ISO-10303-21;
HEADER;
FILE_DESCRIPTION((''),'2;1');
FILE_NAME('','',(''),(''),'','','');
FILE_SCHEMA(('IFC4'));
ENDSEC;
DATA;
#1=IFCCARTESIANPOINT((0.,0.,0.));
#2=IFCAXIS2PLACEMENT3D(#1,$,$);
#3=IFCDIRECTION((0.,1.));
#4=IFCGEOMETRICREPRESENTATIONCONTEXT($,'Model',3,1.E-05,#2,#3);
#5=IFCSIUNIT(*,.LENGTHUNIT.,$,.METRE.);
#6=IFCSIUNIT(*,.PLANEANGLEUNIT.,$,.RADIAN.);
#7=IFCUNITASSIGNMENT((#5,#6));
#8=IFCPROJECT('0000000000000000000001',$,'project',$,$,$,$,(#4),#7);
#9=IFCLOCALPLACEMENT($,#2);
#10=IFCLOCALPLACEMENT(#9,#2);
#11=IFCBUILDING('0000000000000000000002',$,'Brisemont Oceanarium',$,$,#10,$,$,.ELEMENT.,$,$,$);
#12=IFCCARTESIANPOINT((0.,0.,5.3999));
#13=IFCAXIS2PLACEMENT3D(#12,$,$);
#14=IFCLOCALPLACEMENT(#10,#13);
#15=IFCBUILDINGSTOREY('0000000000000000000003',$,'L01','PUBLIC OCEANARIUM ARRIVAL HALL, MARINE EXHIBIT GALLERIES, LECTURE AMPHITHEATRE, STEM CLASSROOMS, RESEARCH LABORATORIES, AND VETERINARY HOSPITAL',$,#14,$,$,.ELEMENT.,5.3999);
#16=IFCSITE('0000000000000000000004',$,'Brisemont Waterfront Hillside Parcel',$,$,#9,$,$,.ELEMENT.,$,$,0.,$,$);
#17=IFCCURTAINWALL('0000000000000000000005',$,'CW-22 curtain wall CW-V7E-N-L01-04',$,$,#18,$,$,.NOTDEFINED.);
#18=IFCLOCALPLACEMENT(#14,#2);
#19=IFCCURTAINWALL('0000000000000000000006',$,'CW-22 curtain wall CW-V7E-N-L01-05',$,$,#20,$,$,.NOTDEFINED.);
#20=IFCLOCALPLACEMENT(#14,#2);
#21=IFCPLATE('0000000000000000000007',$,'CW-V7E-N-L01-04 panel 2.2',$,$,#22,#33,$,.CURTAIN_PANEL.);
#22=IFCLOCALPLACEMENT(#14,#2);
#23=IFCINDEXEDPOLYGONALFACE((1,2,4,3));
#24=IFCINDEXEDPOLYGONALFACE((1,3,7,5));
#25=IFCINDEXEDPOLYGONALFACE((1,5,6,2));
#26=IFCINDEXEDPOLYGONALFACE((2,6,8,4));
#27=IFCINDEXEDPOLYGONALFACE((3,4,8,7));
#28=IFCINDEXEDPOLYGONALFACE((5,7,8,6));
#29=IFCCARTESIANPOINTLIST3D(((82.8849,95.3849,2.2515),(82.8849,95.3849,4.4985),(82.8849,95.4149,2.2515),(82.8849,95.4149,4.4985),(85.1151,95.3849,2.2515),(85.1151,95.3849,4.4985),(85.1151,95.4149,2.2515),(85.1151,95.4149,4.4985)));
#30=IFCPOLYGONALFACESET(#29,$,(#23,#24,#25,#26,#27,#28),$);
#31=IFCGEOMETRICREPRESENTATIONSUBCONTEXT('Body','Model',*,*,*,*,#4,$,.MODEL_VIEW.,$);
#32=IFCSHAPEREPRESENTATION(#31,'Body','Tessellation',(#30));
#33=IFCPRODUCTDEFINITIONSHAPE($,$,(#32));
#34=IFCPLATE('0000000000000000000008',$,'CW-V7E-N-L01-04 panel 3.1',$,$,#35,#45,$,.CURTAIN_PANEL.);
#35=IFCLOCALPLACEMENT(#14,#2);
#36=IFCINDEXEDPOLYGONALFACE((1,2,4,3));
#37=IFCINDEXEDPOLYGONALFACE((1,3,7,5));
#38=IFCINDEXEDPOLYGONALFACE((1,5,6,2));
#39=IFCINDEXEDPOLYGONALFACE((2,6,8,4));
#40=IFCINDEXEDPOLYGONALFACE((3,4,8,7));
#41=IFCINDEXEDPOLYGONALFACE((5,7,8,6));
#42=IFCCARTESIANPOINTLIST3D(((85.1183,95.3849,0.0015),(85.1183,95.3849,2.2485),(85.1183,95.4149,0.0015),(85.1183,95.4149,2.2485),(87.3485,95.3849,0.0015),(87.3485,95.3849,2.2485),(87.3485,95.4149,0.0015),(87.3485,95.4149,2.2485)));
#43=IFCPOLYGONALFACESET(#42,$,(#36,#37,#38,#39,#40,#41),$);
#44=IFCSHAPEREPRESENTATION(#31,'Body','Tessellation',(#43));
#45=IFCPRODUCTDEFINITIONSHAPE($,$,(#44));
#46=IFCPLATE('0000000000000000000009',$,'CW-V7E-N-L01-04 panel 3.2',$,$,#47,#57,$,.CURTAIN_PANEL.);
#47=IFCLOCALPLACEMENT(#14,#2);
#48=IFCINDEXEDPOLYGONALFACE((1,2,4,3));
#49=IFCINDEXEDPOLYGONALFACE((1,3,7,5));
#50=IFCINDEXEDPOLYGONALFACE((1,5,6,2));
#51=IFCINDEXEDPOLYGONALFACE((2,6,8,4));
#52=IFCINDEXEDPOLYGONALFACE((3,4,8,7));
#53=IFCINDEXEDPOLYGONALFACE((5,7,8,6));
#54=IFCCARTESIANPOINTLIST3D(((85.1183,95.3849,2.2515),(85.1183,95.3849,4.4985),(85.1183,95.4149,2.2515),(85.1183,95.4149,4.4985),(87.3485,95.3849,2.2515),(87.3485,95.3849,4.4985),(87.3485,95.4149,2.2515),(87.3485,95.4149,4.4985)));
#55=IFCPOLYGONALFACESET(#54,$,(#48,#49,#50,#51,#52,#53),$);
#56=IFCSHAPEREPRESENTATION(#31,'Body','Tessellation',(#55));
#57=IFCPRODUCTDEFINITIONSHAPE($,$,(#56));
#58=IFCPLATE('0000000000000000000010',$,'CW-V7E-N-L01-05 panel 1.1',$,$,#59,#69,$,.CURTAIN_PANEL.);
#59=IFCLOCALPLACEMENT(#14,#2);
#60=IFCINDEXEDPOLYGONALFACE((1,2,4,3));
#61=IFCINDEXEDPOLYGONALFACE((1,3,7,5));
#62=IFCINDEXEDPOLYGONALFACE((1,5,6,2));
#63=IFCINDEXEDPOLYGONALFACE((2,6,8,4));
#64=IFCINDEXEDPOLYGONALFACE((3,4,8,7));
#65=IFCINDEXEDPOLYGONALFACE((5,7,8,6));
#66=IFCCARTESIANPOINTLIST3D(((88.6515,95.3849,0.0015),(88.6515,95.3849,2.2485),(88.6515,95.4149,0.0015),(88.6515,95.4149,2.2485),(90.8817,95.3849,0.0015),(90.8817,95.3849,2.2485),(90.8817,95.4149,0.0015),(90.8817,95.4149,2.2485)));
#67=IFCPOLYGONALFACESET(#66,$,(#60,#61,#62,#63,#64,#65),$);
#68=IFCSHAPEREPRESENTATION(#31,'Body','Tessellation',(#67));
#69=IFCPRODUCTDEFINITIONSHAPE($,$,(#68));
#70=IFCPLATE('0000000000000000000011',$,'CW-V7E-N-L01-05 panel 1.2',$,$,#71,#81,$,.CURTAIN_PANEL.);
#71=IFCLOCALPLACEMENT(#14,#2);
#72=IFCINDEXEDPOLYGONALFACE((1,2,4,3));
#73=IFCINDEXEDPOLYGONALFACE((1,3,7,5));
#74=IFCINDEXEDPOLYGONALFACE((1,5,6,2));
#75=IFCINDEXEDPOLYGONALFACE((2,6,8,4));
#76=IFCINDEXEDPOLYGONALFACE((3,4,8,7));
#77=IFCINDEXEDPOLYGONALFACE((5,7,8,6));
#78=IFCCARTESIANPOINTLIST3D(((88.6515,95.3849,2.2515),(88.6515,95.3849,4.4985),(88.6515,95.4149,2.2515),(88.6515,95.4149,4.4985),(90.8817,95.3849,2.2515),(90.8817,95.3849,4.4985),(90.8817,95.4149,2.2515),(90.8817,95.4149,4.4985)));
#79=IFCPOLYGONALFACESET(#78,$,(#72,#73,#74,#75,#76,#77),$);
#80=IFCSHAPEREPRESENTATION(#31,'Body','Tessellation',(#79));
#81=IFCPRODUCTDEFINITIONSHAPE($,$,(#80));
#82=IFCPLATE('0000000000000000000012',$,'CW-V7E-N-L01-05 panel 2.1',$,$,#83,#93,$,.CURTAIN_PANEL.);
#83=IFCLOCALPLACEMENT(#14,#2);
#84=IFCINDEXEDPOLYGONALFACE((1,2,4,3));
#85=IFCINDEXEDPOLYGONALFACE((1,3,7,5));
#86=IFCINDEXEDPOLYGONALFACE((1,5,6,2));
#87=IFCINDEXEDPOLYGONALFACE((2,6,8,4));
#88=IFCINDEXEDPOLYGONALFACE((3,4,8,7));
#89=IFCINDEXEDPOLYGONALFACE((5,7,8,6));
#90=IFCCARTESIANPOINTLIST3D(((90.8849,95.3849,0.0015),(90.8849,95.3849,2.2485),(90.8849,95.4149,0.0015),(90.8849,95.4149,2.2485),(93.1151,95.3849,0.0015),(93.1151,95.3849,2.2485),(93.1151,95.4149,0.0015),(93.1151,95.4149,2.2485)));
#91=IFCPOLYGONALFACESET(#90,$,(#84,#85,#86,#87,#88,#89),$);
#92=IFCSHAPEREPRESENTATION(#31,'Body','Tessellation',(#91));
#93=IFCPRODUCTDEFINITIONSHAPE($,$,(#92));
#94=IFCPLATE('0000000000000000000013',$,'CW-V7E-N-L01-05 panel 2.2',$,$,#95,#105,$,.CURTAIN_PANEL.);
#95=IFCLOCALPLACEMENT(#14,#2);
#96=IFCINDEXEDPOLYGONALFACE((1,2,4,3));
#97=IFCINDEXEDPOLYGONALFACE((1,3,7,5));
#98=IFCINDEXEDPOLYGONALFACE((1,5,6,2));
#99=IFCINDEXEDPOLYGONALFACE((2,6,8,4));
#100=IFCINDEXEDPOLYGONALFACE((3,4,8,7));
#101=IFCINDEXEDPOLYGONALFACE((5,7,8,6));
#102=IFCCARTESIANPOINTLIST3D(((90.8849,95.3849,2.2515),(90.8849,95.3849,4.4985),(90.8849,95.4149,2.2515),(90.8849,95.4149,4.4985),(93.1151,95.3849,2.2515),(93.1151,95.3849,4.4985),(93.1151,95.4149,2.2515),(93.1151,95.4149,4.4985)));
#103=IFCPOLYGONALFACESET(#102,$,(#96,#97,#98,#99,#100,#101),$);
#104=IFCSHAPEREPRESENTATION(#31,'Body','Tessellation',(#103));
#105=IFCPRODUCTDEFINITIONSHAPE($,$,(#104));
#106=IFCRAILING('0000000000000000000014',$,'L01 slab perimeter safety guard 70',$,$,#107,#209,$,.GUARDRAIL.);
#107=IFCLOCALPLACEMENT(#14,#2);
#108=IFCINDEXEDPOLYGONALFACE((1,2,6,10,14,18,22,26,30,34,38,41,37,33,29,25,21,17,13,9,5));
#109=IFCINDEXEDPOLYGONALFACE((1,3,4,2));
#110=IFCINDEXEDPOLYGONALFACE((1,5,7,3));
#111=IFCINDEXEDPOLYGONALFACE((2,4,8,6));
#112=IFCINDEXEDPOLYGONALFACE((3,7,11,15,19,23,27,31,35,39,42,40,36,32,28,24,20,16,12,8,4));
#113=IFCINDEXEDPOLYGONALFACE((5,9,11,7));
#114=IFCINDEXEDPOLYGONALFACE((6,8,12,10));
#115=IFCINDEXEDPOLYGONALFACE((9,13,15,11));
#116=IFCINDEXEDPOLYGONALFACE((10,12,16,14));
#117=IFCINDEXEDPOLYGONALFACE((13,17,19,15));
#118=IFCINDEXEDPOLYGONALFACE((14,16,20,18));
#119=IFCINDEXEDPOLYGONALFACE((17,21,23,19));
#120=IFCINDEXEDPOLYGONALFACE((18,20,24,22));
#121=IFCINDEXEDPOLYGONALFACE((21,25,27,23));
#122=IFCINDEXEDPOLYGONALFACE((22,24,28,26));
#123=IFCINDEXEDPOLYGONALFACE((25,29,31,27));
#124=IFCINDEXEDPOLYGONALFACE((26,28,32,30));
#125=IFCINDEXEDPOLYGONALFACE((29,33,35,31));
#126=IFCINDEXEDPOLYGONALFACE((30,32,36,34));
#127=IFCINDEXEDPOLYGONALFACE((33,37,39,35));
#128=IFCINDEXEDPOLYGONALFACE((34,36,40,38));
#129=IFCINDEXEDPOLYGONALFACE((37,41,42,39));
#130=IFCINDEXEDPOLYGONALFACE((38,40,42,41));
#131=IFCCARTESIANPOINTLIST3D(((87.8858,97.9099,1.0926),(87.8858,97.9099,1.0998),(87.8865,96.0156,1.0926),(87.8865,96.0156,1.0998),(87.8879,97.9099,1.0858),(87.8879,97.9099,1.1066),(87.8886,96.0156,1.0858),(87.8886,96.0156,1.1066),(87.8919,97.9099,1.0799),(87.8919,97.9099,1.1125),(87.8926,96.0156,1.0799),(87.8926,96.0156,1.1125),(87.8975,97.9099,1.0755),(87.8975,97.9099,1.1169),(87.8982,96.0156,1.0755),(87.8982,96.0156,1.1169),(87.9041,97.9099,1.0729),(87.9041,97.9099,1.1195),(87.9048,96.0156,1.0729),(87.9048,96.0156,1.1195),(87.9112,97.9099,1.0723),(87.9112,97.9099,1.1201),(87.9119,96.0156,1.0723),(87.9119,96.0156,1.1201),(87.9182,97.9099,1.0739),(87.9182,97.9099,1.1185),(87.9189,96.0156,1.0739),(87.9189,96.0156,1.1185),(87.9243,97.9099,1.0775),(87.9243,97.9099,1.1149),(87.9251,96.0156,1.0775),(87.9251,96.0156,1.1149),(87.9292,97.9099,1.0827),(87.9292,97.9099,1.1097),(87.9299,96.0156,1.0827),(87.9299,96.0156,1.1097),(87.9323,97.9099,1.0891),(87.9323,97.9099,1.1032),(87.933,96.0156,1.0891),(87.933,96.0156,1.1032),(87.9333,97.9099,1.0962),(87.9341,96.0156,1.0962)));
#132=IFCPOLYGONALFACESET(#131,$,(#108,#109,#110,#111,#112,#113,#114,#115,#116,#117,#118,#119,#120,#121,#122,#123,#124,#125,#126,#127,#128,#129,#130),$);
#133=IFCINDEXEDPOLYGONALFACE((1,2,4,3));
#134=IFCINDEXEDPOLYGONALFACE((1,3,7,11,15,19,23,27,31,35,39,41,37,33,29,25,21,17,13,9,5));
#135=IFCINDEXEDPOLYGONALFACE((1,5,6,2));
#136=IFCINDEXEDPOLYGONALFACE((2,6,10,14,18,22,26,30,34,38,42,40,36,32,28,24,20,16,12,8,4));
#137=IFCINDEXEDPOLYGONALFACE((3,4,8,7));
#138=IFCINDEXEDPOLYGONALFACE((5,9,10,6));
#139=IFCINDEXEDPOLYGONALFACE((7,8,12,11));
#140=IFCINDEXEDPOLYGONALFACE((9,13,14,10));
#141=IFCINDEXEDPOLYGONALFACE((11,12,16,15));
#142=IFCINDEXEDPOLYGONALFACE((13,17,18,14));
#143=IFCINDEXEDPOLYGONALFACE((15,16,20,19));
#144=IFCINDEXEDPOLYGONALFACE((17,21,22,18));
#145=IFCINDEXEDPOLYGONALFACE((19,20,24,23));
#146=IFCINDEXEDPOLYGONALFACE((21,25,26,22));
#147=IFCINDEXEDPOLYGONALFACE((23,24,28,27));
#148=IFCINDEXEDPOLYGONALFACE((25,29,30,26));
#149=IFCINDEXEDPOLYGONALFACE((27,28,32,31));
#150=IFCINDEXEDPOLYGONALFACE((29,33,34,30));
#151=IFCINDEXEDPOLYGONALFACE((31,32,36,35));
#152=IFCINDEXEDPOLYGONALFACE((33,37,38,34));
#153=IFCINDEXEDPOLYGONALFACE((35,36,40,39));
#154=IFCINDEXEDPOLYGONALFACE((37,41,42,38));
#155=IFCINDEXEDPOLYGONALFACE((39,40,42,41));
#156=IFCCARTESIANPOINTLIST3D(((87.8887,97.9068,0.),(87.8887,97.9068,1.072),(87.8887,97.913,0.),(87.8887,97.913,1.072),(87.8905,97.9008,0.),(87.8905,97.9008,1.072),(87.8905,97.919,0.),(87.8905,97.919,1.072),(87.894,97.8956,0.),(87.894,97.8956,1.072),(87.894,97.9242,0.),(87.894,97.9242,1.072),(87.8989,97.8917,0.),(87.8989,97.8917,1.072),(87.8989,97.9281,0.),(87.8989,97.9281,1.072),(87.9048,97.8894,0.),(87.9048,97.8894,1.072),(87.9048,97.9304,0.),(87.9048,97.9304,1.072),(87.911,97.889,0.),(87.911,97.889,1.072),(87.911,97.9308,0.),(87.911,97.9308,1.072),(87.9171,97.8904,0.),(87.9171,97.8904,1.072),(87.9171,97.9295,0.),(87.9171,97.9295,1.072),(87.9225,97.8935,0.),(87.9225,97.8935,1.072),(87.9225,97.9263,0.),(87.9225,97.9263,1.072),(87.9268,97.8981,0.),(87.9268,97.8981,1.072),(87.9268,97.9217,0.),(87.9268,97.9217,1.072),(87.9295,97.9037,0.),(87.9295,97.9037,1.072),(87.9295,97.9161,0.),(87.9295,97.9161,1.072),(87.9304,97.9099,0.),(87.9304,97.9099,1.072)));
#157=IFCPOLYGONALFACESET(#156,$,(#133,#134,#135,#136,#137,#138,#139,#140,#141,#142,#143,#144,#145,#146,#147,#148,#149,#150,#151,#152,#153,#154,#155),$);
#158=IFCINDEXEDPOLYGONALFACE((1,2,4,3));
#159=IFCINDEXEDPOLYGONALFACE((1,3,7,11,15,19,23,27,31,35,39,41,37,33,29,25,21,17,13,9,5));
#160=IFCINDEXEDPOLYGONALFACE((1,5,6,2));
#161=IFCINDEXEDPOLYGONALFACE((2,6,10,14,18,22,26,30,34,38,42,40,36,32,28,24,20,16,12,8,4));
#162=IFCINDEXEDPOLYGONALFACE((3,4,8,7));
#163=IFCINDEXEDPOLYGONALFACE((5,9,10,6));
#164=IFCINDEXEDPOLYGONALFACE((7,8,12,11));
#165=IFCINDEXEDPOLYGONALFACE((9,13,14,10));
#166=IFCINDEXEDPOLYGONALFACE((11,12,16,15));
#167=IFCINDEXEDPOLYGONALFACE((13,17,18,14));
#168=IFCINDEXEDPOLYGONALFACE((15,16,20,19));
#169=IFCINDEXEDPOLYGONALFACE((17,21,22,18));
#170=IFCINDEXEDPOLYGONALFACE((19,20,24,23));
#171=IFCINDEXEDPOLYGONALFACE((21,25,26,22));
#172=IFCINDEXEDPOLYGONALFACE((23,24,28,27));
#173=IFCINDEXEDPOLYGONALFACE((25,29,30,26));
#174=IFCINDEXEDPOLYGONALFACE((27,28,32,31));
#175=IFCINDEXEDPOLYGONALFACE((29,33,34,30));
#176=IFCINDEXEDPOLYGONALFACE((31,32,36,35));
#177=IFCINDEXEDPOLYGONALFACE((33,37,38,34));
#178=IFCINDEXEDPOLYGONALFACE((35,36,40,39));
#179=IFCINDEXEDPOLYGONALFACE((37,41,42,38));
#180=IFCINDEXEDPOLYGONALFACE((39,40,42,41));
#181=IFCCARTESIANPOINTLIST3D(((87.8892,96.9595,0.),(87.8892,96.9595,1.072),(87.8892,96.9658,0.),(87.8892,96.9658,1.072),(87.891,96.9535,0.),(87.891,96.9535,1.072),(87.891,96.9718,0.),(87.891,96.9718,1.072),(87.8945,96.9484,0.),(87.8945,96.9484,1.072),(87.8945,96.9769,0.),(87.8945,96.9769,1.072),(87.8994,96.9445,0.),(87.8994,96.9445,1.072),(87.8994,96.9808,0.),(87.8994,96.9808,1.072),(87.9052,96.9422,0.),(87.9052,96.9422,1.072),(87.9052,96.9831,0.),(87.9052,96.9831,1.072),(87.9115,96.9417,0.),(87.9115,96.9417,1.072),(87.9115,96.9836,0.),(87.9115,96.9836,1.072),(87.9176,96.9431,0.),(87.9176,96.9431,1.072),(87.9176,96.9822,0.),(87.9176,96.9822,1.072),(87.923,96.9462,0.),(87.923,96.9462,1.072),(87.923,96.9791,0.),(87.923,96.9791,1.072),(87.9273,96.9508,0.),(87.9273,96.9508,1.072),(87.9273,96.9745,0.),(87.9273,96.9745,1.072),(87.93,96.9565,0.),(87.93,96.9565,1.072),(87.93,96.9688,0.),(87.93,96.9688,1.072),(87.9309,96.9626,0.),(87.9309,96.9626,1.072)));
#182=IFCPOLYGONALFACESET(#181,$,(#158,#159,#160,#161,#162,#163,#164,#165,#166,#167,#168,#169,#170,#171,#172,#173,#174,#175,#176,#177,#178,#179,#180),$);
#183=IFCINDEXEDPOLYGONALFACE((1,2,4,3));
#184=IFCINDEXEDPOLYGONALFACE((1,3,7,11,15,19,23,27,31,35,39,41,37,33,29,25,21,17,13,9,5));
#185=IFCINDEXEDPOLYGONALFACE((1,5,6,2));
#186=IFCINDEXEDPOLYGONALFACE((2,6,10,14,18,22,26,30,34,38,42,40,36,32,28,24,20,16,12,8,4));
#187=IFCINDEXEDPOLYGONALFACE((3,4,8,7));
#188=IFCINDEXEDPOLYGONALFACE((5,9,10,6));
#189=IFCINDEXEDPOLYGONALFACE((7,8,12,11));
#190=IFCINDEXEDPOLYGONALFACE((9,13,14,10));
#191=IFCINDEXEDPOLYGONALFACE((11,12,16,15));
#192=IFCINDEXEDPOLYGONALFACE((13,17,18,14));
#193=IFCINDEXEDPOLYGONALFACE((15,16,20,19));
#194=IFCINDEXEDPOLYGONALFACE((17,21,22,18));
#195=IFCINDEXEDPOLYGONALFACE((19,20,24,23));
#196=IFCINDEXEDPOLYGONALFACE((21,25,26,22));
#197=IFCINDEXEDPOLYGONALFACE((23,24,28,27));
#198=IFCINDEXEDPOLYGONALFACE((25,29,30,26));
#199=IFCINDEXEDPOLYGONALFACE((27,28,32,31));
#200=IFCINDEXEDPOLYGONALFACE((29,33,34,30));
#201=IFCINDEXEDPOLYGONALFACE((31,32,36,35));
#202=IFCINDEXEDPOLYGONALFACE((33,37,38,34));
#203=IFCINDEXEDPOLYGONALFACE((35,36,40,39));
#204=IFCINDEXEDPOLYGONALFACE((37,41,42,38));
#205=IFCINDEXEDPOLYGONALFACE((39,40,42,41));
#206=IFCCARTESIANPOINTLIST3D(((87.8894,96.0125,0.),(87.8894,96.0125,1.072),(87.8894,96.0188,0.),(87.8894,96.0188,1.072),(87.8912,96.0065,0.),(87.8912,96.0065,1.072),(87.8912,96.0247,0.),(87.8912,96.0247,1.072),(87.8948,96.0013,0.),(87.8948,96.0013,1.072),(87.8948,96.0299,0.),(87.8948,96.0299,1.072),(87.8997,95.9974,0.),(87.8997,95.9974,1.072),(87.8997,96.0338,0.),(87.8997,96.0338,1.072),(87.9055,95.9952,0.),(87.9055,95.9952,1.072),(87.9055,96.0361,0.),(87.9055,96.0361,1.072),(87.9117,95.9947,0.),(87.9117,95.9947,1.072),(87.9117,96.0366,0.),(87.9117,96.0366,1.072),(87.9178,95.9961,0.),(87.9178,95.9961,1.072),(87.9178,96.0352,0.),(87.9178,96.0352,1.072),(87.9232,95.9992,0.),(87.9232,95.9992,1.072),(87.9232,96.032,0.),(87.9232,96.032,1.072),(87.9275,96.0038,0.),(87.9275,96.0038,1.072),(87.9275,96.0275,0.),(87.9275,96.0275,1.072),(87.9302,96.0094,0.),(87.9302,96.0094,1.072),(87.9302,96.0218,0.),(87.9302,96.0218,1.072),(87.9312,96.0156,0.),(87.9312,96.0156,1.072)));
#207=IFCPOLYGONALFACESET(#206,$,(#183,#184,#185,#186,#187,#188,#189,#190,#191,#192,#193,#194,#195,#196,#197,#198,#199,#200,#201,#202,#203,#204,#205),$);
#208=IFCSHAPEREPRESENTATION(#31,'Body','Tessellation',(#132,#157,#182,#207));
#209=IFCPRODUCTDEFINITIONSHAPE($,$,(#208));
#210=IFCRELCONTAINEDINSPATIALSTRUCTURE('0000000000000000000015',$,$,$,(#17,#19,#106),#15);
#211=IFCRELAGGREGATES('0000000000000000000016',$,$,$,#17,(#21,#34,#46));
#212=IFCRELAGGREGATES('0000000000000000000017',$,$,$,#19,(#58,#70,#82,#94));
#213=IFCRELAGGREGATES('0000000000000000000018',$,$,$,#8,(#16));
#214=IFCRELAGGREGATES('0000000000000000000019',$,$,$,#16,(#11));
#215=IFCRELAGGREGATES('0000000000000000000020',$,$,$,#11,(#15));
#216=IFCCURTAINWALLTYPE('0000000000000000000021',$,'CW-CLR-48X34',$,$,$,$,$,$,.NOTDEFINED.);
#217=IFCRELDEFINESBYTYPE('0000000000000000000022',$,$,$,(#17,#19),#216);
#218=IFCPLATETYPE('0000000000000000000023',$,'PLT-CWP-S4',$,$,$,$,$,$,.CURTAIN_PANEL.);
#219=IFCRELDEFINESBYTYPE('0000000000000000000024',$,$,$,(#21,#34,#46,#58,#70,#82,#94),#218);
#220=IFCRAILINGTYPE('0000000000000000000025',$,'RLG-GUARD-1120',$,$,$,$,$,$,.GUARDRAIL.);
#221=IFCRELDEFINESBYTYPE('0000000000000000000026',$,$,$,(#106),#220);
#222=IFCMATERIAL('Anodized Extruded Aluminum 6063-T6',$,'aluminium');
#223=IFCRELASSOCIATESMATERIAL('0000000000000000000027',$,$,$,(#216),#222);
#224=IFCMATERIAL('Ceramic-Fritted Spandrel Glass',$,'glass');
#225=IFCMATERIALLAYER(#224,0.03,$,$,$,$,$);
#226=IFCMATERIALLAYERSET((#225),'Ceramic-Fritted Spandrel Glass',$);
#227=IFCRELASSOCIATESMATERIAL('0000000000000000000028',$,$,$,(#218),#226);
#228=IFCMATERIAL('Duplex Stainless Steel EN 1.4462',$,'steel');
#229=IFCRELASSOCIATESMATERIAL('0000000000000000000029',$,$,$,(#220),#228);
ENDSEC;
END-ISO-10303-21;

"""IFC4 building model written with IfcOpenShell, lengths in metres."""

from ifc_helpers import new_model, si_unit, direction, frame, origin, origin_2d, place, context, subcontext, project, spatial, rectangle, circle, extrude, material, layer, layer_set, type_object, element, aggregate, save


model = new_model("IFC4")

# Units and contexts
model_context = context("Model", 3, precision=1e-05, world=origin(), true_north=direction((0.0, 1.0)))
body_context = subcontext(model_context, "Body", "Model", "MODEL_VIEW")
ifc_project = project(units=[si_unit("LENGTHUNIT", "METRE"), si_unit("PLANEANGLEUNIT", "RADIAN")], contexts=[model_context])

# Site, building, storey
site_placement = place(None, origin())
site = spatial("IfcSite", under=ifc_project, at=site_placement, Name="Brisemont Waterfront Hillside Parcel", CompositionType="ELEMENT", RefElevation=0.0)
building_placement = place(site_placement, origin())
building = spatial("IfcBuilding", under=site, at=building_placement, Name="Brisemont Oceanarium", CompositionType="ELEMENT")
storey_placement = place(building_placement, frame((0.0, 0.0, 5.3999)))
storey = spatial("IfcBuildingStorey", under=building, at=storey_placement, Name="L01", Description="PUBLIC OCEANARIUM ARRIVAL HALL, MARINE EXHIBIT GALLERIES, LECTURE AMPHITHEATRE, STEM CLASSROOMS, RESEARCH LABORATORIES, AND VETERINARY HOSPITAL", CompositionType="ELEMENT", Elevation=5.3999)

# Curtain walls
ifc_material_1 = material(Name="Anodized Extruded Aluminum 6063-T6", Category="aluminium")
curtain_wall_type = type_object("IfcCurtainWallType", Name="CW-CLR-48X34", PredefinedType="NOTDEFINED", material=ifc_material_1)
curtain_wall_1_placement = place(storey_placement, origin())
curtain_wall_1 = element("IfcCurtainWall", 1, at=curtain_wall_1_placement, inside=storey, type_object=curtain_wall_type, Name="CW-22 curtain wall CW-V7E-N-L01-04", PredefinedType="NOTDEFINED")
curtain_wall_2_placement = place(storey_placement, origin())
curtain_wall_2 = element("IfcCurtainWall", 2, at=curtain_wall_2_placement, inside=storey, type_object=curtain_wall_type, Name="CW-22 curtain wall CW-V7E-N-L01-05", PredefinedType="NOTDEFINED")

# Plates
ifc_material_2 = material(Name="Ceramic-Fritted Spandrel Glass", Category="glass")
ifc_layer = layer(ifc_material_2, 0.03)
ifc_layer_set = layer_set([ifc_layer], Name="Ceramic-Fritted Spandrel Glass")
plate_type = type_object("IfcPlateType", Name="PLT-CWP-S4", PredefinedType="CURTAIN_PANEL", material=ifc_layer_set)
plate_1_placement = place(storey_placement, frame((84.0, 95.3999, 2.2515), z_axis=(0.0, 0.0, 1.0), x_axis=(1.0, 0.0, 0.0)))
plate_1 = element("IfcPlate", 3, at=plate_1_placement, type_object=plate_type, Name="CW-V7E-N-L01-04 panel 2.2", PredefinedType="CURTAIN_PANEL", context=body_context, shape_type="SweptSolid", body=[
    extrude(rectangle(XDim=2.2302, YDim=0.03, at=origin_2d()), origin(), (0.0, 0.0, 1.0), 2.2471),
])
plate_2_placement = place(storey_placement, frame((86.2334, 95.3999, 0.0015), z_axis=(0.0, 0.0, 1.0), x_axis=(1.0, 0.0, 0.0)))
plate_2 = element("IfcPlate", 4, at=plate_2_placement, type_object=plate_type, Name="CW-V7E-N-L01-04 panel 3.1", PredefinedType="CURTAIN_PANEL", context=body_context, shape_type="SweptSolid", body=[
    extrude(rectangle(XDim=2.2302, YDim=0.03, at=origin_2d()), origin(), (0.0, 0.0, 1.0), 2.2471),
])
plate_3_placement = place(storey_placement, frame((86.2334, 95.3999, 2.2515), z_axis=(0.0, 0.0, 1.0), x_axis=(1.0, 0.0, 0.0)))
plate_3 = element("IfcPlate", 5, at=plate_3_placement, type_object=plate_type, Name="CW-V7E-N-L01-04 panel 3.2", PredefinedType="CURTAIN_PANEL", context=body_context, shape_type="SweptSolid", body=[
    extrude(rectangle(XDim=2.2302, YDim=0.03, at=origin_2d()), origin(), (0.0, 0.0, 1.0), 2.2471),
])
aggregate(curtain_wall_1, [plate_1, plate_2, plate_3])
plate_4_placement = place(storey_placement, frame((89.7666, 95.3999, 0.0015), z_axis=(0.0, 0.0, 1.0), x_axis=(1.0, 0.0, 0.0)))
plate_4 = element("IfcPlate", 6, at=plate_4_placement, type_object=plate_type, Name="CW-V7E-N-L01-05 panel 1.1", PredefinedType="CURTAIN_PANEL", context=body_context, shape_type="SweptSolid", body=[
    extrude(rectangle(XDim=2.2302, YDim=0.03, at=origin_2d()), origin(), (0.0, 0.0, 1.0), 2.2471),
])
plate_5_placement = place(storey_placement, frame((89.7666, 95.3999, 2.2515), z_axis=(0.0, 0.0, 1.0), x_axis=(1.0, 0.0, 0.0)))
plate_5 = element("IfcPlate", 7, at=plate_5_placement, type_object=plate_type, Name="CW-V7E-N-L01-05 panel 1.2", PredefinedType="CURTAIN_PANEL", context=body_context, shape_type="SweptSolid", body=[
    extrude(rectangle(XDim=2.2302, YDim=0.03, at=origin_2d()), origin(), (0.0, 0.0, 1.0), 2.2471),
])
plate_6_placement = place(storey_placement, frame((92.0, 95.3999, 0.0015), z_axis=(0.0, 0.0, 1.0), x_axis=(1.0, 0.0, 0.0)))
plate_6 = element("IfcPlate", 8, at=plate_6_placement, type_object=plate_type, Name="CW-V7E-N-L01-05 panel 2.1", PredefinedType="CURTAIN_PANEL", context=body_context, shape_type="SweptSolid", body=[
    extrude(rectangle(XDim=2.2302, YDim=0.03, at=origin_2d()), origin(), (0.0, 0.0, 1.0), 2.2471),
])
plate_7_placement = place(storey_placement, frame((92.0, 95.3999, 2.2515), z_axis=(0.0, 0.0, 1.0), x_axis=(1.0, 0.0, 0.0)))
plate_7 = element("IfcPlate", 9, at=plate_7_placement, type_object=plate_type, Name="CW-V7E-N-L01-05 panel 2.2", PredefinedType="CURTAIN_PANEL", context=body_context, shape_type="SweptSolid", body=[
    extrude(rectangle(XDim=2.2302, YDim=0.03, at=origin_2d()), origin(), (0.0, 0.0, 1.0), 2.2471),
])
aggregate(curtain_wall_2, [plate_4, plate_5, plate_6, plate_7])

# Railing
ifc_material_3 = material(Name="Duplex Stainless Steel EN 1.4462", Category="steel")
railing_type = type_object("IfcRailingType", Name="RLG-GUARD-1120", PredefinedType="GUARDRAIL", material=ifc_material_3)
railing_1_placement = place(storey_placement, frame((87.9094, 97.9099, 0.0)))
element("IfcRailing", 10, at=railing_1_placement, inside=storey, type_object=railing_type, Name="L01 slab perimeter safety guard 70", PredefinedType="GUARDRAIL", context=body_context, shape_type="SweptSolid", body=[
    extrude(circle(Radius=0.0239, at=origin_2d()), frame((0.0, 0.0, 1.0962), z_axis=(0.000387, -1.0, 0.0), x_axis=(1.0, 0.000387, 0.0)), (0.0, 0.0, 1.0), 1.8943),
    extrude(circle(Radius=0.021, at=origin_2d()), origin(), (0.0, 0.0, 1.0), 1.072),
    extrude(circle(Radius=0.021, at=origin_2d()), frame((0.0005, -0.9473, 0.0)), (0.0, 0.0, 1.0), 1.072),
    extrude(circle(Radius=0.021, at=origin_2d()), frame((0.0007, -1.8943, 0.0)), (0.0, 0.0, 1.0), 1.072),
])

save(model, "model.ifc")
